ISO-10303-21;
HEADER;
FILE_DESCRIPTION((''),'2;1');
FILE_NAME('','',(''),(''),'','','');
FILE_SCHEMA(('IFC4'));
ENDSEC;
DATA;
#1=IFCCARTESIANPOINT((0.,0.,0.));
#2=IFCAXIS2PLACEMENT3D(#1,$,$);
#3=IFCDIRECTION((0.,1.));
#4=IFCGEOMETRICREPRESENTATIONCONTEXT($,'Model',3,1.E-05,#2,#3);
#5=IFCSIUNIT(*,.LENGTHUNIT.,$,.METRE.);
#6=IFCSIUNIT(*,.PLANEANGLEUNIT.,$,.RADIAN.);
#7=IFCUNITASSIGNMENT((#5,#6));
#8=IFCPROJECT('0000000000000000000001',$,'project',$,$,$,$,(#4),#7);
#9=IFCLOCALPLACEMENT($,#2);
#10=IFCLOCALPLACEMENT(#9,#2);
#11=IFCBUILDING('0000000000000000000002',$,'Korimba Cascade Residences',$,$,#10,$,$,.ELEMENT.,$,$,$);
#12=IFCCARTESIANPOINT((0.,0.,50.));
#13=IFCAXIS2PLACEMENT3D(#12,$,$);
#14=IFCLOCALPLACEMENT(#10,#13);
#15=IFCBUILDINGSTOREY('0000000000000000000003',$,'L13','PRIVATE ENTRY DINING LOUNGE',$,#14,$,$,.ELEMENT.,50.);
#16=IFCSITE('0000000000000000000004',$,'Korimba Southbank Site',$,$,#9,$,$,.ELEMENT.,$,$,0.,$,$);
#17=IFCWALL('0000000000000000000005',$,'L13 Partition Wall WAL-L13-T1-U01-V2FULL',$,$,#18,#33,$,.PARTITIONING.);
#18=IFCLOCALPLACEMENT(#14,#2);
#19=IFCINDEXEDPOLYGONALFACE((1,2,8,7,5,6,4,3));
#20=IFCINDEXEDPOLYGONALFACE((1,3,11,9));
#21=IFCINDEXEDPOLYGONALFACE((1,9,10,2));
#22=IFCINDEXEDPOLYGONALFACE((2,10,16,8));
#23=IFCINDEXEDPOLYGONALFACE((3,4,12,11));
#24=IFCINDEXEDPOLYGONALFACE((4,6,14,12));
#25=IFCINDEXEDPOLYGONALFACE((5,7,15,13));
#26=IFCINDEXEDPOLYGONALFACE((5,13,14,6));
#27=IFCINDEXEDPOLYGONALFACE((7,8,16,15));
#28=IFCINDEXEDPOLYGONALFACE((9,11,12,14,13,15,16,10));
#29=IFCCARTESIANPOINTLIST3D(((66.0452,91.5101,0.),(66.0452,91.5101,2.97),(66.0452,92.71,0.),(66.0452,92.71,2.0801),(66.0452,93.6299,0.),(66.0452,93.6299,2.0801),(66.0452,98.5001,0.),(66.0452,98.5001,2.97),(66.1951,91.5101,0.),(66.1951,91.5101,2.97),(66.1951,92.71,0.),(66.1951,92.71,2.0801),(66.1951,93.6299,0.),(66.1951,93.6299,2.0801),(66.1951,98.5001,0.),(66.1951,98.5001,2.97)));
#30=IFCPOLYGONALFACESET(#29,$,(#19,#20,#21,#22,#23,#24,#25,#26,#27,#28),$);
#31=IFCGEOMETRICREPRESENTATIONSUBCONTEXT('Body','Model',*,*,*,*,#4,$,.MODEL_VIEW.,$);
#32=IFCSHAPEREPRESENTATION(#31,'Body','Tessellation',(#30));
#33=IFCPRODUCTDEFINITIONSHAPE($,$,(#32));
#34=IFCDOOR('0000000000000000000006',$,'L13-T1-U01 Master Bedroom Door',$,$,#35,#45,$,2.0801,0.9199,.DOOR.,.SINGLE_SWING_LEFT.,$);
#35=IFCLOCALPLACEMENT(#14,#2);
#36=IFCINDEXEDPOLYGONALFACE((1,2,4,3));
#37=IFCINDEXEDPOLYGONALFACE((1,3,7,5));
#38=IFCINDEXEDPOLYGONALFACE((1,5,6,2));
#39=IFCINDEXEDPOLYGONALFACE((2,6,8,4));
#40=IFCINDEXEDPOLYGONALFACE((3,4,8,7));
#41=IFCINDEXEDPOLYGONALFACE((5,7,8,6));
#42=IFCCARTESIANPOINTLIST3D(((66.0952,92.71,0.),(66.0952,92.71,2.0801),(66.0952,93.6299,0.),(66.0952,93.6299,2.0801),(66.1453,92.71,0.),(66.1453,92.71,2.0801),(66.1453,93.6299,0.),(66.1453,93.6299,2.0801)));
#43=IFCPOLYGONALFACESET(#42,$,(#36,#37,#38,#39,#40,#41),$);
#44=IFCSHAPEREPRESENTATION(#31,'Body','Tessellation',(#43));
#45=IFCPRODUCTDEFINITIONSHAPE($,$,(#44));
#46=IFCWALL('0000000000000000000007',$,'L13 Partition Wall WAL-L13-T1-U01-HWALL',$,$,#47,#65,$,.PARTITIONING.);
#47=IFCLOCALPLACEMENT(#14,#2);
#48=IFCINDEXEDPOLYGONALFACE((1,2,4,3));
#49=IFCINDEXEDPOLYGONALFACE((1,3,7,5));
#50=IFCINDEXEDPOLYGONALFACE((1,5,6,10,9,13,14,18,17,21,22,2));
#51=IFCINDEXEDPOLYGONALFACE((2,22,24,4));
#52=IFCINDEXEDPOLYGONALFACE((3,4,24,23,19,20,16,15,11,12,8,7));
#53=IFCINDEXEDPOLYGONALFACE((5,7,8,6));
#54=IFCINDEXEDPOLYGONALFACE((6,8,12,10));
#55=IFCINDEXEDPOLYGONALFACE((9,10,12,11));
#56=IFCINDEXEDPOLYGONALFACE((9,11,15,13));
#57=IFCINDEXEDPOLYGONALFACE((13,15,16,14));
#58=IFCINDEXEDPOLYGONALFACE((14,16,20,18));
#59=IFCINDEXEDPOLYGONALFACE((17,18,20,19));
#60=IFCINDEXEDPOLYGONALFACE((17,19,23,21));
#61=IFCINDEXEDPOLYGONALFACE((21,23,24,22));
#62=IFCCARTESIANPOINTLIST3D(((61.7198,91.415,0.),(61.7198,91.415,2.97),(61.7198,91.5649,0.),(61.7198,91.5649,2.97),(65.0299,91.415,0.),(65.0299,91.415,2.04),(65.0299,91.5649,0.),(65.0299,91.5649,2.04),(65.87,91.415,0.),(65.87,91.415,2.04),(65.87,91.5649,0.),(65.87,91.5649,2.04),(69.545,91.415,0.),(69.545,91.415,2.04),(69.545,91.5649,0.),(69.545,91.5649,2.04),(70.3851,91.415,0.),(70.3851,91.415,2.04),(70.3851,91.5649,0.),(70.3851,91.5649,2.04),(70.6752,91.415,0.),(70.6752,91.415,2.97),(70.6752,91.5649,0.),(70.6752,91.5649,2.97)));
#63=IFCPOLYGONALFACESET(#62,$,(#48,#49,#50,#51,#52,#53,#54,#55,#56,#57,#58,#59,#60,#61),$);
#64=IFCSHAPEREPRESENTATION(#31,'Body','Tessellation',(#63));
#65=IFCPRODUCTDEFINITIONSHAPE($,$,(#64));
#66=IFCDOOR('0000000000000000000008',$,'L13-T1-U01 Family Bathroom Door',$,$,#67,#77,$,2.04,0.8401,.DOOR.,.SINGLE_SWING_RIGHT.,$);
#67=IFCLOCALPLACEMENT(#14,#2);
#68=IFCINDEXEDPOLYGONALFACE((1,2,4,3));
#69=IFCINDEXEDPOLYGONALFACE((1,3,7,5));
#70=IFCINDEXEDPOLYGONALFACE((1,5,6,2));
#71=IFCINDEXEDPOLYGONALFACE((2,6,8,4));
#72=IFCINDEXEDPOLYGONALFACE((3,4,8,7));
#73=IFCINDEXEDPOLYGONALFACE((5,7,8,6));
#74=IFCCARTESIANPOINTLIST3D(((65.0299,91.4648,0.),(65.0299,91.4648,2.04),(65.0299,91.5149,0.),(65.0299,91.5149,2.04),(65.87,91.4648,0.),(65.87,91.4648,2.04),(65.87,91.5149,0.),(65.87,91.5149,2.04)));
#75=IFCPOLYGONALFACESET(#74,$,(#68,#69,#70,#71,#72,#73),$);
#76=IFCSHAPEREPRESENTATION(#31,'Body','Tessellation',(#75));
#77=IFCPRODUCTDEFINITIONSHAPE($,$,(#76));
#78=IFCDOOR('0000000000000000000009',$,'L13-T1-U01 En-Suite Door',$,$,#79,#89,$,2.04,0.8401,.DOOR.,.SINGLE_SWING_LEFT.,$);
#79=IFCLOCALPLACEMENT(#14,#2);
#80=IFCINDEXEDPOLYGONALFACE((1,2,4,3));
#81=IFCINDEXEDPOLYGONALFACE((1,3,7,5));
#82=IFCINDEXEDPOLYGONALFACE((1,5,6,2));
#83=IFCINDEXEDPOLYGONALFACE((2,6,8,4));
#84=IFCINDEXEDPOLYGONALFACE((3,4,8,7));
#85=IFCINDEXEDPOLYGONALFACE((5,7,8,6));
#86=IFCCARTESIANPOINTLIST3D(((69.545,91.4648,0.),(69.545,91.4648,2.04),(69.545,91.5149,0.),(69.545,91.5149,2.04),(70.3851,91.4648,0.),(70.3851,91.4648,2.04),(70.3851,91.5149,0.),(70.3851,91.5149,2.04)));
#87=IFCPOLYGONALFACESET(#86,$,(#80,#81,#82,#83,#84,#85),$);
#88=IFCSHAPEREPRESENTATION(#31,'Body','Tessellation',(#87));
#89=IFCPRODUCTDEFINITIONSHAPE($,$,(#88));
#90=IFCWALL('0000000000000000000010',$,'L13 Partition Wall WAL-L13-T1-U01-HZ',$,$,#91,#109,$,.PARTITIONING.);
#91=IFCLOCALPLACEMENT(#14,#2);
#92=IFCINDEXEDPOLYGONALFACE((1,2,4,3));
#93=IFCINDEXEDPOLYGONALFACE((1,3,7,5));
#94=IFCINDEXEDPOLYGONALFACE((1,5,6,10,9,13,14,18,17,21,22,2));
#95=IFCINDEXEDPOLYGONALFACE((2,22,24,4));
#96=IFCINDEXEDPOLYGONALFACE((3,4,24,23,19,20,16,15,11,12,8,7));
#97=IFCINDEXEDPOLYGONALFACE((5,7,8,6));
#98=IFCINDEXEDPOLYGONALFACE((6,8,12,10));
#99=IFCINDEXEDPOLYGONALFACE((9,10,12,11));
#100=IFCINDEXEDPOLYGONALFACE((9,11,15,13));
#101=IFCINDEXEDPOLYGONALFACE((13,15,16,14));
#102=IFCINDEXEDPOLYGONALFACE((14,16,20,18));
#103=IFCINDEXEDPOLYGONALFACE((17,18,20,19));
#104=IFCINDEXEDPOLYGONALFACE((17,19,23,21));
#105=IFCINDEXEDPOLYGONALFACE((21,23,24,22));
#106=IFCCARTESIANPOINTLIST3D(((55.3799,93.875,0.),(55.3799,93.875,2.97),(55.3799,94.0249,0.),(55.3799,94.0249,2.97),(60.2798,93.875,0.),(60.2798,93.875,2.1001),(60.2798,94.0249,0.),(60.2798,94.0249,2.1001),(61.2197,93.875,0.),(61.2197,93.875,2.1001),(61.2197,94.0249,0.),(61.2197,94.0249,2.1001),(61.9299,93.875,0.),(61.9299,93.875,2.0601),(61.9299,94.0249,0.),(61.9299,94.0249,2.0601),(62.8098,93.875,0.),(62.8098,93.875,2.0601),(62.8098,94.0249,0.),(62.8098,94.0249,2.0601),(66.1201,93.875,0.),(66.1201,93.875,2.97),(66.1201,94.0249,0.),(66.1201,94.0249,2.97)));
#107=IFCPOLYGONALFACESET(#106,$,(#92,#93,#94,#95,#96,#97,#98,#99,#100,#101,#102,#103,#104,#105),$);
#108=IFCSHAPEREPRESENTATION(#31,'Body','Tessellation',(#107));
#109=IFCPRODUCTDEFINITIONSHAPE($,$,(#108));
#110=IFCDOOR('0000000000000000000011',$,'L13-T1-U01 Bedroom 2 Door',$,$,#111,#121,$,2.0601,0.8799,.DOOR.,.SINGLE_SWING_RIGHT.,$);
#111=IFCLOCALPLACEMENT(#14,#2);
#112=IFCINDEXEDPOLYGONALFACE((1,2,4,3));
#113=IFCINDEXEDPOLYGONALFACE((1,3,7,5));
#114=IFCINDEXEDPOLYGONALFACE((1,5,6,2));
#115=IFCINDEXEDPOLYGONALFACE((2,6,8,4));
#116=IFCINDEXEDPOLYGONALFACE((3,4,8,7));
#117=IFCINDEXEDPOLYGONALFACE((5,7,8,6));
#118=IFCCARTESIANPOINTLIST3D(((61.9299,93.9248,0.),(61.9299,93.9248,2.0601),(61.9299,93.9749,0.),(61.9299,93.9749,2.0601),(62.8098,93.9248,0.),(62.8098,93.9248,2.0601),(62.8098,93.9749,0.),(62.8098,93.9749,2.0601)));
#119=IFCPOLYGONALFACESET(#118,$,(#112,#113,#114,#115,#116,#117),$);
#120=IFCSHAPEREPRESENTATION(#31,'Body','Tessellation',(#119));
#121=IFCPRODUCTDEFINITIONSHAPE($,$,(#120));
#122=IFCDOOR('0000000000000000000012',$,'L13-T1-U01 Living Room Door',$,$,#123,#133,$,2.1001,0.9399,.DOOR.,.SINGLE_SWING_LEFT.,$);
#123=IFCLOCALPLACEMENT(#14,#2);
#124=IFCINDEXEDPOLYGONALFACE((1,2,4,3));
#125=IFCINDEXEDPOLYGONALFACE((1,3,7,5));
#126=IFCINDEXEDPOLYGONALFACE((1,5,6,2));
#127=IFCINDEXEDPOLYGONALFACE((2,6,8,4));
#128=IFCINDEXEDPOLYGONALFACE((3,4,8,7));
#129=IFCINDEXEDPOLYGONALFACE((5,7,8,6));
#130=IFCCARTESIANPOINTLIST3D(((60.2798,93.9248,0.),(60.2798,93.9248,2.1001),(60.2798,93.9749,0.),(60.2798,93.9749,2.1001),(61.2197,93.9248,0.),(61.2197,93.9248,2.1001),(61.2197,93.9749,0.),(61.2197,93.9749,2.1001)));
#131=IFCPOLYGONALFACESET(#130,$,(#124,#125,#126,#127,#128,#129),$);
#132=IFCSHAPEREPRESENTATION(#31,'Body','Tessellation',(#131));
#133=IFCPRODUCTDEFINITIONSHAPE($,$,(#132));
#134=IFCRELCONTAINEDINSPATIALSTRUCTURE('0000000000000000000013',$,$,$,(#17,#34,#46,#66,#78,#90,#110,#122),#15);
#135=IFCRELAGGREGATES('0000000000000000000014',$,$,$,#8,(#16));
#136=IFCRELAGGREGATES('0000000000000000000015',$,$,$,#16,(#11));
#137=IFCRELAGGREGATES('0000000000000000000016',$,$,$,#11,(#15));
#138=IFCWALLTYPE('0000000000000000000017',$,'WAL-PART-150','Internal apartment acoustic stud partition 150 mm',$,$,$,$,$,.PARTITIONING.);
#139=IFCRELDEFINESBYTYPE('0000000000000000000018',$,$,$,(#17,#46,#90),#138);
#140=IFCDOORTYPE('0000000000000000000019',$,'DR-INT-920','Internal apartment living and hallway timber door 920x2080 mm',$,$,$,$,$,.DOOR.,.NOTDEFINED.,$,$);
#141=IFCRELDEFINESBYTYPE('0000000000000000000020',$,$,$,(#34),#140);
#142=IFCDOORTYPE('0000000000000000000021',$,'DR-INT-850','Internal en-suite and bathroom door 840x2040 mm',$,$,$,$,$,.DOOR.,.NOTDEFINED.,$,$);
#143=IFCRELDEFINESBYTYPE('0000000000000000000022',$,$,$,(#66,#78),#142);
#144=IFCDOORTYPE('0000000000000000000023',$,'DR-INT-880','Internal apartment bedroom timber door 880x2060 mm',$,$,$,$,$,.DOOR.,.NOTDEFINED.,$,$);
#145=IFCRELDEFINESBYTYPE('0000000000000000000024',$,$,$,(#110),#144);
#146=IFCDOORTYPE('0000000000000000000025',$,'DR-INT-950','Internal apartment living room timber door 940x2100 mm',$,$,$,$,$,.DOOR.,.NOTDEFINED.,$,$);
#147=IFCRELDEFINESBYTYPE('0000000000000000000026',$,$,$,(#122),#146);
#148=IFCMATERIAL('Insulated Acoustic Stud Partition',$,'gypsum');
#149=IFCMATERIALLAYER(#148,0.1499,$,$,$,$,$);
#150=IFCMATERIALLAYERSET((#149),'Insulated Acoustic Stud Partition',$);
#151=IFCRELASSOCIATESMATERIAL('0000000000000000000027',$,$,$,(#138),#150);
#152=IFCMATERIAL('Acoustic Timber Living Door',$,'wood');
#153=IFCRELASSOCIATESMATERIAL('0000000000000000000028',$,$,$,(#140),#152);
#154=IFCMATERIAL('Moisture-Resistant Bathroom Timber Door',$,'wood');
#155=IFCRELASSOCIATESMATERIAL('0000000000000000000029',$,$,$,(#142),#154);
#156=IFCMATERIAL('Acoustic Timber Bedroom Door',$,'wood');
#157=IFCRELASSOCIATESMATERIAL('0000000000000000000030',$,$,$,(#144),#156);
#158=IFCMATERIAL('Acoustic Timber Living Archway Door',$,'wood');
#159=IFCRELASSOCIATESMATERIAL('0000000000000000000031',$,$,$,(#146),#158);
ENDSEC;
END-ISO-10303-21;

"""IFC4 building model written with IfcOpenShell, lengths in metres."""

from ifc_helpers import new_model, si_unit, direction, frame, frame_2d, origin, place, context, subcontext, project, spatial, rectangle, extrude, material, layer, layer_set, type_object, element, fill, save


model = new_model("IFC4")

# Units and contexts
model_context = context("Model", 3, precision=1e-05, world=origin(), true_north=direction((0.0, 1.0)))
body_context = subcontext(model_context, "Body", "Model", "MODEL_VIEW")
ifc_project = project(units=[si_unit("LENGTHUNIT", "METRE"), si_unit("PLANEANGLEUNIT", "RADIAN")], contexts=[model_context])

# Site, building, storey
site_placement = place(None, origin())
site = spatial("IfcSite", under=ifc_project, at=site_placement, Name="Korimba Southbank Site", CompositionType="ELEMENT", RefElevation=0.0)
building_placement = place(site_placement, origin())
building = spatial("IfcBuilding", under=site, at=building_placement, Name="Korimba Cascade Residences", CompositionType="ELEMENT")
storey_placement = place(building_placement, frame((0.0, 0.0, 50.0)))
storey = spatial("IfcBuildingStorey", under=building, at=storey_placement, Name="L13", Description="PRIVATE ENTRY DINING LOUNGE", CompositionType="ELEMENT", Elevation=50.0)

# Wall, opening, door
ifc_material_1 = material(Name="Insulated Acoustic Stud Partition", Category="gypsum")
ifc_layer_1 = layer(ifc_material_1, 0.1499)
ifc_layer_set_1 = layer_set([ifc_layer_1], Name="Insulated Acoustic Stud Partition")
wall_type_1 = type_object("IfcWallType", Name="WAL-PART-150", Description="Internal apartment acoustic stud partition 150 mm", PredefinedType="PARTITIONING", material=ifc_layer_set_1)
wall_1_placement = place(storey_placement, frame((66.1201, 91.51, 0.0), z_axis=(0.0, 0.0, 1.0), x_axis=(0.0, 1.0, 0.0)))
wall_1 = element("IfcWall", 1, at=wall_1_placement, inside=storey, type_object=wall_type_1, Name="L13 Partition Wall WAL-L13-T1-U01-V2FULL", PredefinedType="PARTITIONING", context=body_context, shape_type="SweptSolid", body=[
    extrude(rectangle(XDim=6.99, YDim=0.1499, at=frame_2d((3.4951, 0.0))), origin(), (0.0, 0.0, 1.0), 2.97),
])
opening_1_placement = place(wall_1_placement, frame((1.2, 0.0, 0.0)))
opening_1 = element("IfcOpeningElement", 2, at=opening_1_placement, cuts=wall_1, PredefinedType="OPENING", context=body_context, shape_type="SweptSolid", body=[
    extrude(rectangle(XDim=0.9199, YDim=2.0801, at=frame_2d((0.46, 1.04))), frame((0.0, 0.085, 0.0), z_axis=(0.0, -1.0, 0.0), x_axis=(1.0, 0.0, 0.0)), (0.0, 0.0, 1.0), 0.1699),
])
ifc_material_2 = material(Name="Acoustic Timber Living Door", Category="wood")
door_type_1 = type_object("IfcDoorType", Name="DR-INT-920", Description="Internal apartment living and hallway timber door 920x2080 mm", OperationType="NOTDEFINED", PredefinedType="DOOR", material=ifc_material_2)
door_1_placement = place(opening_1_placement, origin())
door_1 = element("IfcDoor", 3, at=door_1_placement, inside=storey, type_object=door_type_1, Name="L13-T1-U01 Master Bedroom Door", OperationType="SINGLE_SWING_LEFT", OverallHeight=2.0801, OverallWidth=0.9199, PredefinedType="DOOR", context=body_context, shape_type="SweptSolid", body=[
    extrude(rectangle(XDim=0.9199, YDim=2.0801, at=frame_2d((0.46, 1.04))), frame((0.0, 0.0249, 0.0), z_axis=(0.0, -1.0, 0.0), x_axis=(1.0, 0.0, 0.0)), (0.0, 0.0, 1.0), 0.05),
])
fill(opening_1, door_1)

# Walls, openings, doors
wall_2_placement = place(storey_placement, frame((61.72, 91.49, 0.0), z_axis=(0.0, 0.0, 1.0), x_axis=(1.0, 0.0, 0.0)))
wall_2 = element("IfcWall", 4, at=wall_2_placement, inside=storey, type_object=wall_type_1, Name="L13 Partition Wall WAL-L13-T1-U01-HWALL", PredefinedType="PARTITIONING", context=body_context, shape_type="SweptSolid", body=[
    extrude(rectangle(XDim=8.9553, YDim=0.1499, at=frame_2d((4.4775, 0.0))), origin(), (0.0, 0.0, 1.0), 2.97),
])
opening_2_placement = place(wall_2_placement, frame((3.3101, 0.0, 0.0)))
opening_2 = element("IfcOpeningElement", 5, at=opening_2_placement, cuts=wall_2, PredefinedType="OPENING", context=body_context, shape_type="SweptSolid", body=[
    extrude(rectangle(XDim=0.8401, YDim=2.04, at=frame_2d((0.4199, 1.02))), frame((0.0, 0.085, 0.0), z_axis=(0.0, -1.0, 0.0), x_axis=(1.0, 0.0, 0.0)), (0.0, 0.0, 1.0), 0.1699),
])
opening_3_placement = place(wall_2_placement, frame((7.8252, 0.0, 0.0)))
opening_3 = element("IfcOpeningElement", 6, at=opening_3_placement, cuts=wall_2, PredefinedType="OPENING", context=body_context, shape_type="SweptSolid", body=[
    extrude(rectangle(XDim=0.8401, YDim=2.04, at=frame_2d((0.4199, 1.02))), frame((0.0, 0.085, 0.0), z_axis=(0.0, -1.0, 0.0), x_axis=(1.0, 0.0, 0.0)), (0.0, 0.0, 1.0), 0.1699),
])
ifc_material_3 = material(Name="Moisture-Resistant Bathroom Timber Door", Category="wood")
door_type_2 = type_object("IfcDoorType", Name="DR-INT-850", Description="Internal en-suite and bathroom door 840x2040 mm", OperationType="NOTDEFINED", PredefinedType="DOOR", material=ifc_material_3)
door_2_placement = place(opening_2_placement, origin())
door_2 = element("IfcDoor", 7, at=door_2_placement, inside=storey, type_object=door_type_2, Name="L13-T1-U01 Family Bathroom Door", OperationType="SINGLE_SWING_RIGHT", OverallHeight=2.04, OverallWidth=0.8401, PredefinedType="DOOR", context=body_context, shape_type="SweptSolid", body=[
    extrude(rectangle(XDim=0.8401, YDim=2.04, at=frame_2d((0.4199, 1.02))), frame((0.0, 0.0249, 0.0), z_axis=(0.0, -1.0, 0.0), x_axis=(1.0, 0.0, 0.0)), (0.0, 0.0, 1.0), 0.05),
])
fill(opening_2, door_2)
door_3_placement = place(opening_3_placement, origin())
door_3 = element("IfcDoor", 8, at=door_3_placement, inside=storey, type_object=door_type_2, Name="L13-T1-U01 En-Suite Door", OperationType="SINGLE_SWING_LEFT", OverallHeight=2.04, OverallWidth=0.8401, PredefinedType="DOOR", context=body_context, shape_type="SweptSolid", body=[
    extrude(rectangle(XDim=0.8401, YDim=2.04, at=frame_2d((0.4199, 1.02))), frame((0.0, 0.0249, 0.0), z_axis=(0.0, -1.0, 0.0), x_axis=(1.0, 0.0, 0.0)), (0.0, 0.0, 1.0), 0.05),
])
fill(opening_3, door_3)
wall_3_placement = place(storey_placement, frame((55.3799, 93.95, 0.0), z_axis=(0.0, 0.0, 1.0), x_axis=(1.0, 0.0, 0.0)))
wall_3 = element("IfcWall", 9, at=wall_3_placement, inside=storey, type_object=wall_type_1, Name="L13 Partition Wall WAL-L13-T1-U01-HZ", PredefinedType="PARTITIONING", context=body_context, shape_type="SweptSolid", body=[
    extrude(rectangle(XDim=10.7402, YDim=0.1499, at=frame_2d((5.3701, 0.0))), origin(), (0.0, 0.0, 1.0), 2.97),
])
opening_4_placement = place(wall_3_placement, frame((4.8999, 0.0, 0.0)))
opening_4 = element("IfcOpeningElement", 10, at=opening_4_placement, cuts=wall_3, PredefinedType="OPENING", context=body_context, shape_type="SweptSolid", body=[
    extrude(rectangle(XDim=0.9399, YDim=2.1001, at=frame_2d((0.47, 1.05))), frame((0.0, 0.085, 0.0), z_axis=(0.0, -1.0, 0.0), x_axis=(1.0, 0.0, 0.0)), (0.0, 0.0, 1.0), 0.1699),
])
opening_5_placement = place(wall_3_placement, frame((6.55, 0.0, 0.0)))
opening_5 = element("IfcOpeningElement", 11, at=opening_5_placement, cuts=wall_3, PredefinedType="OPENING", context=body_context, shape_type="SweptSolid", body=[
    extrude(rectangle(XDim=0.8799, YDim=2.0601, at=frame_2d((0.4399, 1.03))), frame((0.0, 0.085, 0.0), z_axis=(0.0, -1.0, 0.0), x_axis=(1.0, 0.0, 0.0)), (0.0, 0.0, 1.0), 0.1699),
])
ifc_material_4 = material(Name="Acoustic Timber Bedroom Door", Category="wood")
door_type_3 = type_object("IfcDoorType", Name="DR-INT-880", Description="Internal apartment bedroom timber door 880x2060 mm", OperationType="NOTDEFINED", PredefinedType="DOOR", material=ifc_material_4)
door_4_placement = place(opening_5_placement, origin())
door_4 = element("IfcDoor", 12, at=door_4_placement, inside=storey, type_object=door_type_3, Name="L13-T1-U01 Bedroom 2 Door", OperationType="SINGLE_SWING_RIGHT", OverallHeight=2.0601, OverallWidth=0.8799, PredefinedType="DOOR", context=body_context, shape_type="SweptSolid", body=[
    extrude(rectangle(XDim=0.8799, YDim=2.0601, at=frame_2d((0.4399, 1.03))), frame((0.0, 0.0249, 0.0), z_axis=(0.0, -1.0, 0.0), x_axis=(1.0, 0.0, 0.0)), (0.0, 0.0, 1.0), 0.05),
])
fill(opening_5, door_4)
ifc_material_5 = material(Name="Acoustic Timber Living Archway Door", Category="wood")
door_type_4 = type_object("IfcDoorType", Name="DR-INT-950", Description="Internal apartment living room timber door 940x2100 mm", OperationType="NOTDEFINED", PredefinedType="DOOR", material=ifc_material_5)
door_5_placement = place(opening_4_placement, origin())
door_5 = element("IfcDoor", 13, at=door_5_placement, inside=storey, type_object=door_type_4, Name="L13-T1-U01 Living Room Door", OperationType="SINGLE_SWING_LEFT", OverallHeight=2.1001, OverallWidth=0.9399, PredefinedType="DOOR", context=body_context, shape_type="SweptSolid", body=[
    extrude(rectangle(XDim=0.9399, YDim=2.1001, at=frame_2d((0.47, 1.05))), frame((0.0, 0.0249, 0.0), z_axis=(0.0, -1.0, 0.0), x_axis=(1.0, 0.0, 0.0)), (0.0, 0.0, 1.0), 0.05),
])
fill(opening_4, door_5)

save(model, "model.ifc")
